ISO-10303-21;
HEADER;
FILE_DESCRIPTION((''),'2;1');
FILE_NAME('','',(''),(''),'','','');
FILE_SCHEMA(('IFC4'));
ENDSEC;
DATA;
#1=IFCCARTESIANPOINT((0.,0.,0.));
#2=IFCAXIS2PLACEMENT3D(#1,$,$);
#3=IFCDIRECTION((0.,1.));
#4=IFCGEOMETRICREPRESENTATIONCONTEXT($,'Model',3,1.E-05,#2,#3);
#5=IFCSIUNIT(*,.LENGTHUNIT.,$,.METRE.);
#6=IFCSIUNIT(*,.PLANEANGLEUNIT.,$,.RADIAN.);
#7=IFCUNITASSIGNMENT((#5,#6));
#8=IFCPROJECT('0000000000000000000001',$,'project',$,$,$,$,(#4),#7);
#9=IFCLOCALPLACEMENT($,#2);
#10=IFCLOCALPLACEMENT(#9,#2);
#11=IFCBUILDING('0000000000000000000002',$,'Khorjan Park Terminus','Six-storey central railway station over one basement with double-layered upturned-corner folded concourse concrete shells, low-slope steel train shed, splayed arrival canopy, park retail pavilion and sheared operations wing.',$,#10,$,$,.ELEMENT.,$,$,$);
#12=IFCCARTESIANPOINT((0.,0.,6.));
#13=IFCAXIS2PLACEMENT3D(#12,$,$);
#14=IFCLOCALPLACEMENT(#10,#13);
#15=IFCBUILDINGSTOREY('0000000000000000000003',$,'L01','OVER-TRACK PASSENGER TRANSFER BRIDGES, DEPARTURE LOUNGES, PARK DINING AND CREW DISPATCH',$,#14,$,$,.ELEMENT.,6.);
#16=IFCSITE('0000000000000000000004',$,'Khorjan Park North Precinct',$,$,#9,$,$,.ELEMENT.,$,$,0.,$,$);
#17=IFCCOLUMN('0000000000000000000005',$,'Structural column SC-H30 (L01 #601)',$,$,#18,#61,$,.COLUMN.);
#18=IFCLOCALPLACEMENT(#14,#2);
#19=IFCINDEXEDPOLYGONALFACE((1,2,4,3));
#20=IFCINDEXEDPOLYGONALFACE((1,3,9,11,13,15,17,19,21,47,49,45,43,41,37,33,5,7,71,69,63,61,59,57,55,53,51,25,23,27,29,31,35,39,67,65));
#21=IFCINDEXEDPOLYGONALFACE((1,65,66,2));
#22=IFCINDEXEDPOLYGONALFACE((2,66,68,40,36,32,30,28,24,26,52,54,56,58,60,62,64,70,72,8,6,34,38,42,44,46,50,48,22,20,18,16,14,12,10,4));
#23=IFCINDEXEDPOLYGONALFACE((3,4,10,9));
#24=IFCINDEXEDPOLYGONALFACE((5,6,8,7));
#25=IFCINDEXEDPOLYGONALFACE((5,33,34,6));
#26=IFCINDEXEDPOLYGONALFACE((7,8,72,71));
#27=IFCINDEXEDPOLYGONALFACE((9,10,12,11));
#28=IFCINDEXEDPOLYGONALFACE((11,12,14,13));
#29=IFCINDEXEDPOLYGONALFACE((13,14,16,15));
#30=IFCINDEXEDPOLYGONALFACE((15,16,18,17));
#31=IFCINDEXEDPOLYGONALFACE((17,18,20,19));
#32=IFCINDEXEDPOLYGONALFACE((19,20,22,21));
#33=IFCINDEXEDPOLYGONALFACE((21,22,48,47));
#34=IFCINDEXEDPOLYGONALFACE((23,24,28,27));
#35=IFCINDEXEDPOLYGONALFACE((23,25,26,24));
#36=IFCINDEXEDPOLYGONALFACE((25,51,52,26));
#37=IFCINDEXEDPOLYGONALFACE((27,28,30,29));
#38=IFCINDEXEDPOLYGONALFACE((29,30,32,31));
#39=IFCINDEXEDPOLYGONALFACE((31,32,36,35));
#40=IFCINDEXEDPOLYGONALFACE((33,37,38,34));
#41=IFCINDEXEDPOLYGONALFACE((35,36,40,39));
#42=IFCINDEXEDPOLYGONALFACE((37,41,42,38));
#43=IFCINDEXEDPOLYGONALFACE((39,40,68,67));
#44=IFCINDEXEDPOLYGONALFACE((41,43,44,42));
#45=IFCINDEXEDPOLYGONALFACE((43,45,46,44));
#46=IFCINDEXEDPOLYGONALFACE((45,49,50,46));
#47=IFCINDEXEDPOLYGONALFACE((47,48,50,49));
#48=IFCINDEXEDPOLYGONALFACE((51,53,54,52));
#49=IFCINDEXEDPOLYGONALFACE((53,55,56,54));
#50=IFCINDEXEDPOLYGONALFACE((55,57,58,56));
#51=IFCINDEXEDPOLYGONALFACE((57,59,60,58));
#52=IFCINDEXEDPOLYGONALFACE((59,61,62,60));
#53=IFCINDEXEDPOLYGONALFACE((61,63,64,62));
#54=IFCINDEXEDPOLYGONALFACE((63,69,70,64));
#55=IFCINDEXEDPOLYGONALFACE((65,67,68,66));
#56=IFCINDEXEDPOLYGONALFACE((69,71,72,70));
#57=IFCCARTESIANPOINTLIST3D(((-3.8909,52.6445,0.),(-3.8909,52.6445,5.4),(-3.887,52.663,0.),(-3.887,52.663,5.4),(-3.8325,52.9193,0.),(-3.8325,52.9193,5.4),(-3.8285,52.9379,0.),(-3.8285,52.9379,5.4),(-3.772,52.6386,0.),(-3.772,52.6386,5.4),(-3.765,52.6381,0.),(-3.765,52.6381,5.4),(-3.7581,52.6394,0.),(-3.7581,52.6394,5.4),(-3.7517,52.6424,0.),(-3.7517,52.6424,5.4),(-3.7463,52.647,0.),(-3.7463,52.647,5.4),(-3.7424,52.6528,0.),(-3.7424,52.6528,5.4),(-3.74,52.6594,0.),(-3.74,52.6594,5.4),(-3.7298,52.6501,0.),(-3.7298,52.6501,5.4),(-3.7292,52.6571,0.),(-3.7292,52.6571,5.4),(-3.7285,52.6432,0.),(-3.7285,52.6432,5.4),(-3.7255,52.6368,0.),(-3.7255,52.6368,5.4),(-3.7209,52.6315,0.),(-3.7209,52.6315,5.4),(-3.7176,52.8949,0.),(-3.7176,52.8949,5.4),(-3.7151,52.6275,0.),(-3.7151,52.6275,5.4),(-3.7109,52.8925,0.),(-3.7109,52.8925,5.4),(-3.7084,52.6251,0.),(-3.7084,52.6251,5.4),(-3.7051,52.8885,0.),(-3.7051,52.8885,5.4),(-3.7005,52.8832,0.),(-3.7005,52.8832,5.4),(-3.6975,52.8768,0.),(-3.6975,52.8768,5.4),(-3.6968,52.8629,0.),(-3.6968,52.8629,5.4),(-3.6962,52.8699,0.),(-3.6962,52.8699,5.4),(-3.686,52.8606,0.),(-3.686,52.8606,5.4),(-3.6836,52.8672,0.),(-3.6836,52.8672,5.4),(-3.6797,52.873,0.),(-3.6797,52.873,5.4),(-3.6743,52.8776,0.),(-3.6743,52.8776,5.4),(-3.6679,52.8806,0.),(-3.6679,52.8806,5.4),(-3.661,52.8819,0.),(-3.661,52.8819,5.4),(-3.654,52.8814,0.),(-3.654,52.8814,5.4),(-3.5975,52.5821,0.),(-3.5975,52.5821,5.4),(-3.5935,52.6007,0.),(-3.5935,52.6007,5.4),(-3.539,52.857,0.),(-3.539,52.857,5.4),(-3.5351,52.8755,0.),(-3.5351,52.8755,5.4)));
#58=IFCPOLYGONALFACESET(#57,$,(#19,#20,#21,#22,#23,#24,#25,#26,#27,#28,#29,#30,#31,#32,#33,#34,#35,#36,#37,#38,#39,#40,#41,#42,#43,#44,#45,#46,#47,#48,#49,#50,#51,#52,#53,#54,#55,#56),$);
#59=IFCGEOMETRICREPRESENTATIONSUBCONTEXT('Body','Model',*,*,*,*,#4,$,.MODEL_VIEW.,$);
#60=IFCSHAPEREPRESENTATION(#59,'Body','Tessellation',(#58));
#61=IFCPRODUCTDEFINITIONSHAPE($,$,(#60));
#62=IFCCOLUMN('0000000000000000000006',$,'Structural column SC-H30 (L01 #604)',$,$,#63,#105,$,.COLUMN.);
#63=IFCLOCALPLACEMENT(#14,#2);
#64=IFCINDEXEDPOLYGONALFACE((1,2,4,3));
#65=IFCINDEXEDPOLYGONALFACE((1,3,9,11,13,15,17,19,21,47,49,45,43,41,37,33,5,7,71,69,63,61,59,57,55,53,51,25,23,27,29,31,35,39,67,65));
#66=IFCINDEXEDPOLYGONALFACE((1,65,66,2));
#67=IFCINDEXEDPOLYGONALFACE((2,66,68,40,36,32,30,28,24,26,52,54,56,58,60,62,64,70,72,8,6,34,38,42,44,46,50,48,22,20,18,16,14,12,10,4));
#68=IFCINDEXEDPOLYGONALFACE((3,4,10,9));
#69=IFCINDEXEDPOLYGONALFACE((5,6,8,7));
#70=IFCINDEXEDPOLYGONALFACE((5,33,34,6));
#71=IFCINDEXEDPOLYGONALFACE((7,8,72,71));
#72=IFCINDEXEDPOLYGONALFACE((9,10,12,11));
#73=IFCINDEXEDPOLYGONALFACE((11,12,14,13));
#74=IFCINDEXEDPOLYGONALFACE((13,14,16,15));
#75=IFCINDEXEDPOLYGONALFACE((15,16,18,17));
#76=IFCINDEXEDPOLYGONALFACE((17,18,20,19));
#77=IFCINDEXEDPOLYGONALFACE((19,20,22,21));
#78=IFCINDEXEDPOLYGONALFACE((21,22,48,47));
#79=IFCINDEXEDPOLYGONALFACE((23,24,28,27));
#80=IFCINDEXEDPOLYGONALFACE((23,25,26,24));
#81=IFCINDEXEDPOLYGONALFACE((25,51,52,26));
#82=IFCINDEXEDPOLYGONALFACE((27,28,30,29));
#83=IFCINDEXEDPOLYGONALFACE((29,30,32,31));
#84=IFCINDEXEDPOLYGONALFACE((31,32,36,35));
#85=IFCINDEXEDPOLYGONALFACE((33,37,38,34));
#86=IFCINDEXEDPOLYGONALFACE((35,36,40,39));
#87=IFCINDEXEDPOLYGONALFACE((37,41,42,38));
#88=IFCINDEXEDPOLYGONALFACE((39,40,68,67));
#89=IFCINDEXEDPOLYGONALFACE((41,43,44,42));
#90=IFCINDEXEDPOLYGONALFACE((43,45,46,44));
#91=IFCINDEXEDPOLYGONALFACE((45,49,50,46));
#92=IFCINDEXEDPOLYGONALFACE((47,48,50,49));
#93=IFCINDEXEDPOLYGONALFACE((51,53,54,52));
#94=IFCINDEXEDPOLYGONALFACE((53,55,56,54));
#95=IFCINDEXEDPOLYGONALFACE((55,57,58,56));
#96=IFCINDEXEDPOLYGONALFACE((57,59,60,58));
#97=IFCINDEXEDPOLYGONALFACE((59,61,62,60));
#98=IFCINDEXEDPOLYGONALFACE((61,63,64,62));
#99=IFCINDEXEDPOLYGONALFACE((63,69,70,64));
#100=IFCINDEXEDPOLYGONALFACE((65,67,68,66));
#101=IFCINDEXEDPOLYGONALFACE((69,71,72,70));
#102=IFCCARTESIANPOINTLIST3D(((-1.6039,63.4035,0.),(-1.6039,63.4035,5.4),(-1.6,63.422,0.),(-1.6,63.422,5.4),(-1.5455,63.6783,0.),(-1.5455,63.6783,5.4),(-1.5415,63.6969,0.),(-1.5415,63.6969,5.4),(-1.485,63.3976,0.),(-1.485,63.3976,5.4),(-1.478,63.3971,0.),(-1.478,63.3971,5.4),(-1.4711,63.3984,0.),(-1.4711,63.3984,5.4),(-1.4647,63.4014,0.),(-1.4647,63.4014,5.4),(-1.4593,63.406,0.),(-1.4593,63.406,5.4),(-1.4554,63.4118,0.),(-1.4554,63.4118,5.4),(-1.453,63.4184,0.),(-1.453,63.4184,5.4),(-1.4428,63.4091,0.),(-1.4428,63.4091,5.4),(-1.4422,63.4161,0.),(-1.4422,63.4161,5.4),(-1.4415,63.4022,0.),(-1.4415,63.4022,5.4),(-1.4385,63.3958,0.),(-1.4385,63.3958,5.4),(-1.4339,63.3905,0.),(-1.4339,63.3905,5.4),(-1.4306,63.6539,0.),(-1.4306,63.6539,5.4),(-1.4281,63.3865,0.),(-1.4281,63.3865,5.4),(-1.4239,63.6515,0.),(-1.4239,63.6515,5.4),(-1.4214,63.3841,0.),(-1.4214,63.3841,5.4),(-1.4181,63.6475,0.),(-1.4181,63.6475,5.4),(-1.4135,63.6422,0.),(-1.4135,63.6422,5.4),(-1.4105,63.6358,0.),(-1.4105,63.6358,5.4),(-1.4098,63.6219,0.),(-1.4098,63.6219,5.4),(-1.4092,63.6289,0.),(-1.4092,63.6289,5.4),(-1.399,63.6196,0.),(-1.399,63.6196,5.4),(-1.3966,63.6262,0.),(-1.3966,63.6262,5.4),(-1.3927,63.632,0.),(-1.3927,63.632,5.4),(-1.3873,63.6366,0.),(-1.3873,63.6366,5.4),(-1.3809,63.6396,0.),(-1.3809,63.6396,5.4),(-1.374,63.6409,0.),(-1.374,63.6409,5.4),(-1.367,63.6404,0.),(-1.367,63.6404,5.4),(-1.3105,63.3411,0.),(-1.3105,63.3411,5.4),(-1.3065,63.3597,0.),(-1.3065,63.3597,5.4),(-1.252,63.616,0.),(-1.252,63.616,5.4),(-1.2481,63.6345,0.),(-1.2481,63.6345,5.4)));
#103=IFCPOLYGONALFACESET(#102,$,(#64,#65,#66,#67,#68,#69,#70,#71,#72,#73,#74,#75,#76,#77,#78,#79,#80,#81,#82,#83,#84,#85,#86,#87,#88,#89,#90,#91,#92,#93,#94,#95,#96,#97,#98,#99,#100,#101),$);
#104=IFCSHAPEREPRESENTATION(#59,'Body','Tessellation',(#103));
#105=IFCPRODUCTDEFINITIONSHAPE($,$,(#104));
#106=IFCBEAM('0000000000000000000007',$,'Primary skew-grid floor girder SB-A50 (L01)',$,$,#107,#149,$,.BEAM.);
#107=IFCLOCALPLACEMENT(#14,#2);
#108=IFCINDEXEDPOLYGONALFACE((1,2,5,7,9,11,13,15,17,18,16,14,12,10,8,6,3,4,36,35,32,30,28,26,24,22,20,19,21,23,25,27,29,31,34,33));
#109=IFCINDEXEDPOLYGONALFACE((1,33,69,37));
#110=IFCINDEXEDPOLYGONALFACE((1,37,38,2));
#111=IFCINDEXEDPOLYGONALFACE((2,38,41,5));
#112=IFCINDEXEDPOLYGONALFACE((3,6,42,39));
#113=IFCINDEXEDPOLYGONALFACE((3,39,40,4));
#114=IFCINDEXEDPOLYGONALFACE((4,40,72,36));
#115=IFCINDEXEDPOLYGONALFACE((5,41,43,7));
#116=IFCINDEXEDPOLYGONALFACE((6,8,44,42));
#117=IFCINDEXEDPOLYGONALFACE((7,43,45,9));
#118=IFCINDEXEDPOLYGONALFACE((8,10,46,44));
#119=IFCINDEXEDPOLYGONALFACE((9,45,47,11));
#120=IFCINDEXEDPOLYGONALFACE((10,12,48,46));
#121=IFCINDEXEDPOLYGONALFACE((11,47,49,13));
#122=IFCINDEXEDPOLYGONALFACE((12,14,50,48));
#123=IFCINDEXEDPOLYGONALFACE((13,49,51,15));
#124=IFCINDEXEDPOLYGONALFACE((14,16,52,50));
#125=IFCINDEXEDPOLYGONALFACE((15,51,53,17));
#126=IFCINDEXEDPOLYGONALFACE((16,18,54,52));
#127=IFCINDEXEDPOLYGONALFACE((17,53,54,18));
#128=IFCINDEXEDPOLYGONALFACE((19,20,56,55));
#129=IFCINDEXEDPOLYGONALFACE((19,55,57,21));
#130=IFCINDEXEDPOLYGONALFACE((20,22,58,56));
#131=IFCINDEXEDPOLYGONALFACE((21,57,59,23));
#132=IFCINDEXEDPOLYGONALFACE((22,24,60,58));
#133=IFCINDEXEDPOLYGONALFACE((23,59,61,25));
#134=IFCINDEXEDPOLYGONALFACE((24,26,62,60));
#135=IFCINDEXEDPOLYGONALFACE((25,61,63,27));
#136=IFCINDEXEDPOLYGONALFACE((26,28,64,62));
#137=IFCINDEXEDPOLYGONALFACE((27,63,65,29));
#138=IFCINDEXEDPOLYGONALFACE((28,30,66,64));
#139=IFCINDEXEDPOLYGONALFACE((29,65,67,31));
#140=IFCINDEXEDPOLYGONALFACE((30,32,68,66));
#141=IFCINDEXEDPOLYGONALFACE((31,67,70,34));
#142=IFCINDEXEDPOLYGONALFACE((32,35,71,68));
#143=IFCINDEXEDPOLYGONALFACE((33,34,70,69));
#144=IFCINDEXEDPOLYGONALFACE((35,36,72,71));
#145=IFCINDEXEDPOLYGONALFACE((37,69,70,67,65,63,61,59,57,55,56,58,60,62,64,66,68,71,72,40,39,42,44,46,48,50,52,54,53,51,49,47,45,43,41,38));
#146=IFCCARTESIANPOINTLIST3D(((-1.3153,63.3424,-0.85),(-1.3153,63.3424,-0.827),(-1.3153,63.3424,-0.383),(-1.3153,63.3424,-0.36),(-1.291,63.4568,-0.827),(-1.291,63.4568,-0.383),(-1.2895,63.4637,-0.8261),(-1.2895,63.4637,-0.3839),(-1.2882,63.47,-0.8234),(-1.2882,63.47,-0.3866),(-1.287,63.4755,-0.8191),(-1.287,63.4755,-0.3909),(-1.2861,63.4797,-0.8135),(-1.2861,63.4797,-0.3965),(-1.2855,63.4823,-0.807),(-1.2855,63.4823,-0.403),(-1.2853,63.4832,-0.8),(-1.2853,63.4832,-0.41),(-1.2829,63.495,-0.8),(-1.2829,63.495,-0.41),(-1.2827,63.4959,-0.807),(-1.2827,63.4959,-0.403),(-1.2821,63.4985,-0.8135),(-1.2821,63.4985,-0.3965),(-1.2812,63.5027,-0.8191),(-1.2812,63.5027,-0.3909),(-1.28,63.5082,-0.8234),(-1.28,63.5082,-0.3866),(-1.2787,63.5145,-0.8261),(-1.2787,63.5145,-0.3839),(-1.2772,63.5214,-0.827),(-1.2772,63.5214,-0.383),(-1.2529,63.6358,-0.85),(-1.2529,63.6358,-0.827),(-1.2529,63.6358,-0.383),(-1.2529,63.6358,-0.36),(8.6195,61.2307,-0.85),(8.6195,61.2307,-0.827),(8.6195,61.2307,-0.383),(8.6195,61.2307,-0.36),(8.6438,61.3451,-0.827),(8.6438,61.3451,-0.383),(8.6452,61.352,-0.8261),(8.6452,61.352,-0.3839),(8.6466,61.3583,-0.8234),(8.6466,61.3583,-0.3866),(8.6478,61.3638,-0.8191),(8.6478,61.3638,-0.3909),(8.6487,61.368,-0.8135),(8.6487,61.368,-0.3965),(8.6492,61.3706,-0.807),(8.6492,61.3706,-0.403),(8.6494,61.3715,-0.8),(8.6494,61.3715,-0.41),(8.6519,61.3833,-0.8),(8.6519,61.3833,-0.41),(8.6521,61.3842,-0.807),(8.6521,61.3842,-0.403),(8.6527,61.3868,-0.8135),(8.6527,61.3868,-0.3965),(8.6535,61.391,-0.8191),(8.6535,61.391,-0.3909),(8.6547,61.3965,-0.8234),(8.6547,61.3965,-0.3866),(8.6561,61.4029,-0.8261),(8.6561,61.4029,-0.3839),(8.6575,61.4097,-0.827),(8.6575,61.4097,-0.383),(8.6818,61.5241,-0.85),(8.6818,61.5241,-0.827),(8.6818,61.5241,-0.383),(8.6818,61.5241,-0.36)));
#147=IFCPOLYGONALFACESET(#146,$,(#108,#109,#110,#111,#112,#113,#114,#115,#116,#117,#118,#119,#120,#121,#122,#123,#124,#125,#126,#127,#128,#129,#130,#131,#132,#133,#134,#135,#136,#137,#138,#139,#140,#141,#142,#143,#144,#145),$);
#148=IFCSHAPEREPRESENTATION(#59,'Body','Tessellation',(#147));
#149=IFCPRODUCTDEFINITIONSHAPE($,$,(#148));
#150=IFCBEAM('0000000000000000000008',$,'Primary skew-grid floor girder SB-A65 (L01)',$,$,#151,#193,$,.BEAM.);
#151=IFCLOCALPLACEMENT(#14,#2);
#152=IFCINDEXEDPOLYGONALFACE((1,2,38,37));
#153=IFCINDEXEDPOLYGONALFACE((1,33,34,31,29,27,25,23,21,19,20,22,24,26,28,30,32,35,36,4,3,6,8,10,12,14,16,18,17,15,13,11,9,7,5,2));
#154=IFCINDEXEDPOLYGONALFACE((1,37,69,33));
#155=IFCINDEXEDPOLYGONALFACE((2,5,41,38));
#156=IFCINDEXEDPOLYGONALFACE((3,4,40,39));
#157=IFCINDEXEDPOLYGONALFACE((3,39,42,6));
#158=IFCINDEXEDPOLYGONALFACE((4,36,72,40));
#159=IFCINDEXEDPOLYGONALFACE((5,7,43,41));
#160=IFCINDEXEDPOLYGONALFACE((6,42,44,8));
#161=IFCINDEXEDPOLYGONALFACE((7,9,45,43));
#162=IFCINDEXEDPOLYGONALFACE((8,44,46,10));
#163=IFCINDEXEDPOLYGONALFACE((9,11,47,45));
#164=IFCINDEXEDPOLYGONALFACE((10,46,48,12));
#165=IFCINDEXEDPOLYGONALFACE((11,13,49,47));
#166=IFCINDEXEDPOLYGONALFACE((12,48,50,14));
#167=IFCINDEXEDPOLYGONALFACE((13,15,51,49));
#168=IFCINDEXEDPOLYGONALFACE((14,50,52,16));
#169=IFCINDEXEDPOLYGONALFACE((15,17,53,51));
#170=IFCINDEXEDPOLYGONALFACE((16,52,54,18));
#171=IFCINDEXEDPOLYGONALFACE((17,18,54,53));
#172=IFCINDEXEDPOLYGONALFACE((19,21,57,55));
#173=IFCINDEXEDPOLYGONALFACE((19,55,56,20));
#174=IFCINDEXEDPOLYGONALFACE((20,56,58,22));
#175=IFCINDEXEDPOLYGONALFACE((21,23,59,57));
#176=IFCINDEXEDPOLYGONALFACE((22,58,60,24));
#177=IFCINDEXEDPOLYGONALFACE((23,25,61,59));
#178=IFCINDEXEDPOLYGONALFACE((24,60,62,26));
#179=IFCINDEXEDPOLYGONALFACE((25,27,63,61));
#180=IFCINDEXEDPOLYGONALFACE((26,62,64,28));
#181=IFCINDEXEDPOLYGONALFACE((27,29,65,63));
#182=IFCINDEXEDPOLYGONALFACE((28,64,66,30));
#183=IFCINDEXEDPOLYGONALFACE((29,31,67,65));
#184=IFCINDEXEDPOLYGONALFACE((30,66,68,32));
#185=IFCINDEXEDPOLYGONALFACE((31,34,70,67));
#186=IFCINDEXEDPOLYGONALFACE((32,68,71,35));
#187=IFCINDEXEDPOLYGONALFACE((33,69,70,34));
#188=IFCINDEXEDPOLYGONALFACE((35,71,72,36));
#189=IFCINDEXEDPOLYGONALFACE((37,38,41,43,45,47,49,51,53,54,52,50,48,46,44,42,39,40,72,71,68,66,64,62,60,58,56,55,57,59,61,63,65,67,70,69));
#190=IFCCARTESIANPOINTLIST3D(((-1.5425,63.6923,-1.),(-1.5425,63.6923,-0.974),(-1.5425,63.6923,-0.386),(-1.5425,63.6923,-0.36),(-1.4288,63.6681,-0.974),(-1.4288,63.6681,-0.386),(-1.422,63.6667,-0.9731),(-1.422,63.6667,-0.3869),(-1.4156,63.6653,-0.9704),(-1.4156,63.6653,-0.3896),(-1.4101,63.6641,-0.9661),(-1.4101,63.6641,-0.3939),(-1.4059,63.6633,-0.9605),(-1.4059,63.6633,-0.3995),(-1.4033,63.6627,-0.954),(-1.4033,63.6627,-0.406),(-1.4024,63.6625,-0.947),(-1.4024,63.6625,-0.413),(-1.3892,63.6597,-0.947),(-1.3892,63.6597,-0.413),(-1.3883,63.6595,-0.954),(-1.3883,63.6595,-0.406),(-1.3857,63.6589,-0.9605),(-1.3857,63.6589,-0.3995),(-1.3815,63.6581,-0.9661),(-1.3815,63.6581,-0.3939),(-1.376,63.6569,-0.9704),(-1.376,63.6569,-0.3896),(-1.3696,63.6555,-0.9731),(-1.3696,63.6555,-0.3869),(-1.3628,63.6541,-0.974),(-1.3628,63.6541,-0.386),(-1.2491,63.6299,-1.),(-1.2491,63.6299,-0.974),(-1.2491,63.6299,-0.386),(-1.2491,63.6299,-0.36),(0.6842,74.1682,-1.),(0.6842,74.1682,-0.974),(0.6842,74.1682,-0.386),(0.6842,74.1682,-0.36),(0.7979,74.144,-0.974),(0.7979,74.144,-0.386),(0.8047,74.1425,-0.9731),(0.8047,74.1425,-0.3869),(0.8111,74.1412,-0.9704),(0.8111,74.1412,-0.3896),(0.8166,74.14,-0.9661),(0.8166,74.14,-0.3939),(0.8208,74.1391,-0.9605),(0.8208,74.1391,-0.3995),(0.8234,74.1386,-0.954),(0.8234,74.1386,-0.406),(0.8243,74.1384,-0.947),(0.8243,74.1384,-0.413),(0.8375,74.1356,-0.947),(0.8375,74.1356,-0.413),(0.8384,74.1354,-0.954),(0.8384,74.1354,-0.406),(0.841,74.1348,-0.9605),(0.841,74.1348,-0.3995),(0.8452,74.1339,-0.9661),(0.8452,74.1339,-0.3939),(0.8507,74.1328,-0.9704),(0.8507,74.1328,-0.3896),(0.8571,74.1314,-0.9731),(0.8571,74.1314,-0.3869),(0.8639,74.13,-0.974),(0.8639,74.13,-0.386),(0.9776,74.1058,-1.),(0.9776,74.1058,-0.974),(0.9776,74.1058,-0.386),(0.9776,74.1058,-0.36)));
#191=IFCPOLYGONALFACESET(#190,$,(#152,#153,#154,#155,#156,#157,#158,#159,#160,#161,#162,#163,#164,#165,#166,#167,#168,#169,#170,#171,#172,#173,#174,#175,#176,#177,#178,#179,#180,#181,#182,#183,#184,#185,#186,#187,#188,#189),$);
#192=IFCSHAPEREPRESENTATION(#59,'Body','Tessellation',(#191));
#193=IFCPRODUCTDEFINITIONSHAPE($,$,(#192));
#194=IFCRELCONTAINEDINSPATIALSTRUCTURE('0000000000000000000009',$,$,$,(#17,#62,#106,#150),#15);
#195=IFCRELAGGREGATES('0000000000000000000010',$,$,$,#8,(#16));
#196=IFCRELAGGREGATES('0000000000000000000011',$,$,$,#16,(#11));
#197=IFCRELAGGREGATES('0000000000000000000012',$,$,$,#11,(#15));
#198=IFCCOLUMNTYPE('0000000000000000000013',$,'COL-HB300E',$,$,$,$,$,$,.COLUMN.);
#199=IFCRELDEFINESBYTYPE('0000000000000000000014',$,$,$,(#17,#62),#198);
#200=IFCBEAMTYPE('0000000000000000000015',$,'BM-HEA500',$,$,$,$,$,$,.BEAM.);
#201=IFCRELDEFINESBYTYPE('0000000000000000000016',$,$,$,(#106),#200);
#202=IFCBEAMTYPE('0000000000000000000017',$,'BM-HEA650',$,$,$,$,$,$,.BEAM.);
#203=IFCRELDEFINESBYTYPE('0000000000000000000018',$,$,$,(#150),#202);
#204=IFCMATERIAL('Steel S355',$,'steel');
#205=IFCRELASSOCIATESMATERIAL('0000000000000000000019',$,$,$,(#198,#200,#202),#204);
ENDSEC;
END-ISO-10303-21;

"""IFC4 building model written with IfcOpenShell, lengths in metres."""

from ifc_helpers import new_model, si_unit, direction, frame, origin, origin_2d, place, context, subcontext, project, spatial, i_section, extrude, material, material_profile, profile_set, type_object, element, save


model = new_model("IFC4")

# Units and contexts
model_context = context("Model", 3, precision=1e-05, world=origin(), true_north=direction((0.0, 1.0)))
body_context = subcontext(model_context, "Body", "Model", "MODEL_VIEW")
ifc_project = project(units=[si_unit("LENGTHUNIT", "METRE"), si_unit("PLANEANGLEUNIT", "RADIAN")], contexts=[model_context])

# Site, building, storey
site_placement = place(None, origin())
site = spatial("IfcSite", under=ifc_project, at=site_placement, Name="Khorjan Park North Precinct", CompositionType="ELEMENT", RefElevation=0.0)
building_placement = place(site_placement, origin())
building = spatial("IfcBuilding", under=site, at=building_placement, Name="Khorjan Park Terminus", Description="Six-storey central railway station over one basement with double-layered upturned-corner folded concourse concrete shells, low-slope steel train shed, splayed arrival canopy, park retail pavilion and sheared operations wing.", CompositionType="ELEMENT")
storey_placement = place(building_placement, frame((0.0, 0.0, 6.0)))
storey = spatial("IfcBuildingStorey", under=building, at=storey_placement, Name="L01", Description="OVER-TRACK PASSENGER TRANSFER BRIDGES, DEPARTURE LOUNGES, PARK DINING AND CREW DISPATCH", CompositionType="ELEMENT", Elevation=6.0)

# Columns
ifc_material_1 = material(Name="Steel S355", Category="steel")
ifc_material_profile_1 = material_profile(ifc_material_1, i_section(OverallWidth=0.3, OverallDepth=0.3, WebThickness=0.011, FlangeThickness=0.019, FilletRadius=0.027, at=origin_2d()), Name="HEB 300")
ifc_profile_set_1 = profile_set([ifc_material_profile_1], Name="Steel S355")
column_type = type_object("IfcColumnType", Name="COL-HB300E", PredefinedType="COLUMN", material=ifc_profile_set_1)
for number, where, z_axis, x_axis, name in (
    (1, (-3.713, 52.76, 0.0), (0.0, 0.0, 1.0), (0.978148, -0.207912, 0.0), "Structural column SC-H30 (L01 #601)"),
    (2, (-1.426, 63.519, 0.0), (0.0, 0.0, 1.0), (0.978148, -0.207912, 0.0), "Structural column SC-H30 (L01 #604)"),
):
    element("IfcColumn", number, at=place(storey_placement, frame(where, z_axis=z_axis, x_axis=x_axis)), inside=storey, type_object=column_type, Name=name, PredefinedType="COLUMN", context=body_context, shape_type="SweptSolid", body=[
        extrude(i_section(OverallWidth=0.3, OverallDepth=0.3, WebThickness=0.011, FlangeThickness=0.019, FilletRadius=0.027, at=origin_2d()), origin(), (0.0, 0.0, 1.0), 5.4),
    ])

# Beams
ifc_material_profile_2 = material_profile(ifc_material_1, i_section(OverallWidth=0.3, OverallDepth=0.49, WebThickness=0.012, FlangeThickness=0.023, FilletRadius=0.027, at=origin_2d()), Name="HEA 500")
ifc_profile_set_2 = profile_set([ifc_material_profile_2], Name="Steel S355")
beam_type_1 = type_object("IfcBeamType", Name="BM-HEA500", PredefinedType="BEAM", material=ifc_profile_set_2)
beam_1_placement = place(storey_placement, frame((-1.2841, 63.4891, -0.605), z_axis=(0.978148, -0.207911, 0.0), x_axis=(0.207911, 0.978148, 0.0)))
element("IfcBeam", 3, at=beam_1_placement, inside=storey, type_object=beam_type_1, Name="Primary skew-grid floor girder SB-A50 (L01)", PredefinedType="BEAM", context=body_context, shape_type="SweptSolid", body=[
    extrude(i_section(OverallWidth=0.3, OverallDepth=0.49, WebThickness=0.012, FlangeThickness=0.023, FilletRadius=0.027, at=origin_2d()), origin(), (0.0, 0.0, 1.0), 10.1567),
])
ifc_material_profile_3 = material_profile(ifc_material_1, i_section(OverallWidth=0.3, OverallDepth=0.64, WebThickness=0.0135, FlangeThickness=0.026, FilletRadius=0.027, at=origin_2d()), Name="HEA 650")
ifc_profile_set_3 = profile_set([ifc_material_profile_3], Name="Steel S355")
beam_type_2 = type_object("IfcBeamType", Name="BM-HEA650", PredefinedType="BEAM", material=ifc_profile_set_3)
beam_2_placement = place(storey_placement, frame((-1.3958, 63.6611, -0.68), z_axis=(0.20791, 0.978148, 0.0), x_axis=(-0.978148, 0.20791, 0.0)))
element("IfcBeam", 4, at=beam_2_placement, inside=storey, type_object=beam_type_2, Name="Primary skew-grid floor girder SB-A65 (L01)", PredefinedType="BEAM", context=body_context, shape_type="SweptSolid", body=[
    extrude(i_section(OverallWidth=0.3, OverallDepth=0.64, WebThickness=0.0135, FlangeThickness=0.026, FilletRadius=0.027, at=origin_2d()), origin(), (0.0, 0.0, 1.0), 10.7099),
])

save(model, "model.ifc")
